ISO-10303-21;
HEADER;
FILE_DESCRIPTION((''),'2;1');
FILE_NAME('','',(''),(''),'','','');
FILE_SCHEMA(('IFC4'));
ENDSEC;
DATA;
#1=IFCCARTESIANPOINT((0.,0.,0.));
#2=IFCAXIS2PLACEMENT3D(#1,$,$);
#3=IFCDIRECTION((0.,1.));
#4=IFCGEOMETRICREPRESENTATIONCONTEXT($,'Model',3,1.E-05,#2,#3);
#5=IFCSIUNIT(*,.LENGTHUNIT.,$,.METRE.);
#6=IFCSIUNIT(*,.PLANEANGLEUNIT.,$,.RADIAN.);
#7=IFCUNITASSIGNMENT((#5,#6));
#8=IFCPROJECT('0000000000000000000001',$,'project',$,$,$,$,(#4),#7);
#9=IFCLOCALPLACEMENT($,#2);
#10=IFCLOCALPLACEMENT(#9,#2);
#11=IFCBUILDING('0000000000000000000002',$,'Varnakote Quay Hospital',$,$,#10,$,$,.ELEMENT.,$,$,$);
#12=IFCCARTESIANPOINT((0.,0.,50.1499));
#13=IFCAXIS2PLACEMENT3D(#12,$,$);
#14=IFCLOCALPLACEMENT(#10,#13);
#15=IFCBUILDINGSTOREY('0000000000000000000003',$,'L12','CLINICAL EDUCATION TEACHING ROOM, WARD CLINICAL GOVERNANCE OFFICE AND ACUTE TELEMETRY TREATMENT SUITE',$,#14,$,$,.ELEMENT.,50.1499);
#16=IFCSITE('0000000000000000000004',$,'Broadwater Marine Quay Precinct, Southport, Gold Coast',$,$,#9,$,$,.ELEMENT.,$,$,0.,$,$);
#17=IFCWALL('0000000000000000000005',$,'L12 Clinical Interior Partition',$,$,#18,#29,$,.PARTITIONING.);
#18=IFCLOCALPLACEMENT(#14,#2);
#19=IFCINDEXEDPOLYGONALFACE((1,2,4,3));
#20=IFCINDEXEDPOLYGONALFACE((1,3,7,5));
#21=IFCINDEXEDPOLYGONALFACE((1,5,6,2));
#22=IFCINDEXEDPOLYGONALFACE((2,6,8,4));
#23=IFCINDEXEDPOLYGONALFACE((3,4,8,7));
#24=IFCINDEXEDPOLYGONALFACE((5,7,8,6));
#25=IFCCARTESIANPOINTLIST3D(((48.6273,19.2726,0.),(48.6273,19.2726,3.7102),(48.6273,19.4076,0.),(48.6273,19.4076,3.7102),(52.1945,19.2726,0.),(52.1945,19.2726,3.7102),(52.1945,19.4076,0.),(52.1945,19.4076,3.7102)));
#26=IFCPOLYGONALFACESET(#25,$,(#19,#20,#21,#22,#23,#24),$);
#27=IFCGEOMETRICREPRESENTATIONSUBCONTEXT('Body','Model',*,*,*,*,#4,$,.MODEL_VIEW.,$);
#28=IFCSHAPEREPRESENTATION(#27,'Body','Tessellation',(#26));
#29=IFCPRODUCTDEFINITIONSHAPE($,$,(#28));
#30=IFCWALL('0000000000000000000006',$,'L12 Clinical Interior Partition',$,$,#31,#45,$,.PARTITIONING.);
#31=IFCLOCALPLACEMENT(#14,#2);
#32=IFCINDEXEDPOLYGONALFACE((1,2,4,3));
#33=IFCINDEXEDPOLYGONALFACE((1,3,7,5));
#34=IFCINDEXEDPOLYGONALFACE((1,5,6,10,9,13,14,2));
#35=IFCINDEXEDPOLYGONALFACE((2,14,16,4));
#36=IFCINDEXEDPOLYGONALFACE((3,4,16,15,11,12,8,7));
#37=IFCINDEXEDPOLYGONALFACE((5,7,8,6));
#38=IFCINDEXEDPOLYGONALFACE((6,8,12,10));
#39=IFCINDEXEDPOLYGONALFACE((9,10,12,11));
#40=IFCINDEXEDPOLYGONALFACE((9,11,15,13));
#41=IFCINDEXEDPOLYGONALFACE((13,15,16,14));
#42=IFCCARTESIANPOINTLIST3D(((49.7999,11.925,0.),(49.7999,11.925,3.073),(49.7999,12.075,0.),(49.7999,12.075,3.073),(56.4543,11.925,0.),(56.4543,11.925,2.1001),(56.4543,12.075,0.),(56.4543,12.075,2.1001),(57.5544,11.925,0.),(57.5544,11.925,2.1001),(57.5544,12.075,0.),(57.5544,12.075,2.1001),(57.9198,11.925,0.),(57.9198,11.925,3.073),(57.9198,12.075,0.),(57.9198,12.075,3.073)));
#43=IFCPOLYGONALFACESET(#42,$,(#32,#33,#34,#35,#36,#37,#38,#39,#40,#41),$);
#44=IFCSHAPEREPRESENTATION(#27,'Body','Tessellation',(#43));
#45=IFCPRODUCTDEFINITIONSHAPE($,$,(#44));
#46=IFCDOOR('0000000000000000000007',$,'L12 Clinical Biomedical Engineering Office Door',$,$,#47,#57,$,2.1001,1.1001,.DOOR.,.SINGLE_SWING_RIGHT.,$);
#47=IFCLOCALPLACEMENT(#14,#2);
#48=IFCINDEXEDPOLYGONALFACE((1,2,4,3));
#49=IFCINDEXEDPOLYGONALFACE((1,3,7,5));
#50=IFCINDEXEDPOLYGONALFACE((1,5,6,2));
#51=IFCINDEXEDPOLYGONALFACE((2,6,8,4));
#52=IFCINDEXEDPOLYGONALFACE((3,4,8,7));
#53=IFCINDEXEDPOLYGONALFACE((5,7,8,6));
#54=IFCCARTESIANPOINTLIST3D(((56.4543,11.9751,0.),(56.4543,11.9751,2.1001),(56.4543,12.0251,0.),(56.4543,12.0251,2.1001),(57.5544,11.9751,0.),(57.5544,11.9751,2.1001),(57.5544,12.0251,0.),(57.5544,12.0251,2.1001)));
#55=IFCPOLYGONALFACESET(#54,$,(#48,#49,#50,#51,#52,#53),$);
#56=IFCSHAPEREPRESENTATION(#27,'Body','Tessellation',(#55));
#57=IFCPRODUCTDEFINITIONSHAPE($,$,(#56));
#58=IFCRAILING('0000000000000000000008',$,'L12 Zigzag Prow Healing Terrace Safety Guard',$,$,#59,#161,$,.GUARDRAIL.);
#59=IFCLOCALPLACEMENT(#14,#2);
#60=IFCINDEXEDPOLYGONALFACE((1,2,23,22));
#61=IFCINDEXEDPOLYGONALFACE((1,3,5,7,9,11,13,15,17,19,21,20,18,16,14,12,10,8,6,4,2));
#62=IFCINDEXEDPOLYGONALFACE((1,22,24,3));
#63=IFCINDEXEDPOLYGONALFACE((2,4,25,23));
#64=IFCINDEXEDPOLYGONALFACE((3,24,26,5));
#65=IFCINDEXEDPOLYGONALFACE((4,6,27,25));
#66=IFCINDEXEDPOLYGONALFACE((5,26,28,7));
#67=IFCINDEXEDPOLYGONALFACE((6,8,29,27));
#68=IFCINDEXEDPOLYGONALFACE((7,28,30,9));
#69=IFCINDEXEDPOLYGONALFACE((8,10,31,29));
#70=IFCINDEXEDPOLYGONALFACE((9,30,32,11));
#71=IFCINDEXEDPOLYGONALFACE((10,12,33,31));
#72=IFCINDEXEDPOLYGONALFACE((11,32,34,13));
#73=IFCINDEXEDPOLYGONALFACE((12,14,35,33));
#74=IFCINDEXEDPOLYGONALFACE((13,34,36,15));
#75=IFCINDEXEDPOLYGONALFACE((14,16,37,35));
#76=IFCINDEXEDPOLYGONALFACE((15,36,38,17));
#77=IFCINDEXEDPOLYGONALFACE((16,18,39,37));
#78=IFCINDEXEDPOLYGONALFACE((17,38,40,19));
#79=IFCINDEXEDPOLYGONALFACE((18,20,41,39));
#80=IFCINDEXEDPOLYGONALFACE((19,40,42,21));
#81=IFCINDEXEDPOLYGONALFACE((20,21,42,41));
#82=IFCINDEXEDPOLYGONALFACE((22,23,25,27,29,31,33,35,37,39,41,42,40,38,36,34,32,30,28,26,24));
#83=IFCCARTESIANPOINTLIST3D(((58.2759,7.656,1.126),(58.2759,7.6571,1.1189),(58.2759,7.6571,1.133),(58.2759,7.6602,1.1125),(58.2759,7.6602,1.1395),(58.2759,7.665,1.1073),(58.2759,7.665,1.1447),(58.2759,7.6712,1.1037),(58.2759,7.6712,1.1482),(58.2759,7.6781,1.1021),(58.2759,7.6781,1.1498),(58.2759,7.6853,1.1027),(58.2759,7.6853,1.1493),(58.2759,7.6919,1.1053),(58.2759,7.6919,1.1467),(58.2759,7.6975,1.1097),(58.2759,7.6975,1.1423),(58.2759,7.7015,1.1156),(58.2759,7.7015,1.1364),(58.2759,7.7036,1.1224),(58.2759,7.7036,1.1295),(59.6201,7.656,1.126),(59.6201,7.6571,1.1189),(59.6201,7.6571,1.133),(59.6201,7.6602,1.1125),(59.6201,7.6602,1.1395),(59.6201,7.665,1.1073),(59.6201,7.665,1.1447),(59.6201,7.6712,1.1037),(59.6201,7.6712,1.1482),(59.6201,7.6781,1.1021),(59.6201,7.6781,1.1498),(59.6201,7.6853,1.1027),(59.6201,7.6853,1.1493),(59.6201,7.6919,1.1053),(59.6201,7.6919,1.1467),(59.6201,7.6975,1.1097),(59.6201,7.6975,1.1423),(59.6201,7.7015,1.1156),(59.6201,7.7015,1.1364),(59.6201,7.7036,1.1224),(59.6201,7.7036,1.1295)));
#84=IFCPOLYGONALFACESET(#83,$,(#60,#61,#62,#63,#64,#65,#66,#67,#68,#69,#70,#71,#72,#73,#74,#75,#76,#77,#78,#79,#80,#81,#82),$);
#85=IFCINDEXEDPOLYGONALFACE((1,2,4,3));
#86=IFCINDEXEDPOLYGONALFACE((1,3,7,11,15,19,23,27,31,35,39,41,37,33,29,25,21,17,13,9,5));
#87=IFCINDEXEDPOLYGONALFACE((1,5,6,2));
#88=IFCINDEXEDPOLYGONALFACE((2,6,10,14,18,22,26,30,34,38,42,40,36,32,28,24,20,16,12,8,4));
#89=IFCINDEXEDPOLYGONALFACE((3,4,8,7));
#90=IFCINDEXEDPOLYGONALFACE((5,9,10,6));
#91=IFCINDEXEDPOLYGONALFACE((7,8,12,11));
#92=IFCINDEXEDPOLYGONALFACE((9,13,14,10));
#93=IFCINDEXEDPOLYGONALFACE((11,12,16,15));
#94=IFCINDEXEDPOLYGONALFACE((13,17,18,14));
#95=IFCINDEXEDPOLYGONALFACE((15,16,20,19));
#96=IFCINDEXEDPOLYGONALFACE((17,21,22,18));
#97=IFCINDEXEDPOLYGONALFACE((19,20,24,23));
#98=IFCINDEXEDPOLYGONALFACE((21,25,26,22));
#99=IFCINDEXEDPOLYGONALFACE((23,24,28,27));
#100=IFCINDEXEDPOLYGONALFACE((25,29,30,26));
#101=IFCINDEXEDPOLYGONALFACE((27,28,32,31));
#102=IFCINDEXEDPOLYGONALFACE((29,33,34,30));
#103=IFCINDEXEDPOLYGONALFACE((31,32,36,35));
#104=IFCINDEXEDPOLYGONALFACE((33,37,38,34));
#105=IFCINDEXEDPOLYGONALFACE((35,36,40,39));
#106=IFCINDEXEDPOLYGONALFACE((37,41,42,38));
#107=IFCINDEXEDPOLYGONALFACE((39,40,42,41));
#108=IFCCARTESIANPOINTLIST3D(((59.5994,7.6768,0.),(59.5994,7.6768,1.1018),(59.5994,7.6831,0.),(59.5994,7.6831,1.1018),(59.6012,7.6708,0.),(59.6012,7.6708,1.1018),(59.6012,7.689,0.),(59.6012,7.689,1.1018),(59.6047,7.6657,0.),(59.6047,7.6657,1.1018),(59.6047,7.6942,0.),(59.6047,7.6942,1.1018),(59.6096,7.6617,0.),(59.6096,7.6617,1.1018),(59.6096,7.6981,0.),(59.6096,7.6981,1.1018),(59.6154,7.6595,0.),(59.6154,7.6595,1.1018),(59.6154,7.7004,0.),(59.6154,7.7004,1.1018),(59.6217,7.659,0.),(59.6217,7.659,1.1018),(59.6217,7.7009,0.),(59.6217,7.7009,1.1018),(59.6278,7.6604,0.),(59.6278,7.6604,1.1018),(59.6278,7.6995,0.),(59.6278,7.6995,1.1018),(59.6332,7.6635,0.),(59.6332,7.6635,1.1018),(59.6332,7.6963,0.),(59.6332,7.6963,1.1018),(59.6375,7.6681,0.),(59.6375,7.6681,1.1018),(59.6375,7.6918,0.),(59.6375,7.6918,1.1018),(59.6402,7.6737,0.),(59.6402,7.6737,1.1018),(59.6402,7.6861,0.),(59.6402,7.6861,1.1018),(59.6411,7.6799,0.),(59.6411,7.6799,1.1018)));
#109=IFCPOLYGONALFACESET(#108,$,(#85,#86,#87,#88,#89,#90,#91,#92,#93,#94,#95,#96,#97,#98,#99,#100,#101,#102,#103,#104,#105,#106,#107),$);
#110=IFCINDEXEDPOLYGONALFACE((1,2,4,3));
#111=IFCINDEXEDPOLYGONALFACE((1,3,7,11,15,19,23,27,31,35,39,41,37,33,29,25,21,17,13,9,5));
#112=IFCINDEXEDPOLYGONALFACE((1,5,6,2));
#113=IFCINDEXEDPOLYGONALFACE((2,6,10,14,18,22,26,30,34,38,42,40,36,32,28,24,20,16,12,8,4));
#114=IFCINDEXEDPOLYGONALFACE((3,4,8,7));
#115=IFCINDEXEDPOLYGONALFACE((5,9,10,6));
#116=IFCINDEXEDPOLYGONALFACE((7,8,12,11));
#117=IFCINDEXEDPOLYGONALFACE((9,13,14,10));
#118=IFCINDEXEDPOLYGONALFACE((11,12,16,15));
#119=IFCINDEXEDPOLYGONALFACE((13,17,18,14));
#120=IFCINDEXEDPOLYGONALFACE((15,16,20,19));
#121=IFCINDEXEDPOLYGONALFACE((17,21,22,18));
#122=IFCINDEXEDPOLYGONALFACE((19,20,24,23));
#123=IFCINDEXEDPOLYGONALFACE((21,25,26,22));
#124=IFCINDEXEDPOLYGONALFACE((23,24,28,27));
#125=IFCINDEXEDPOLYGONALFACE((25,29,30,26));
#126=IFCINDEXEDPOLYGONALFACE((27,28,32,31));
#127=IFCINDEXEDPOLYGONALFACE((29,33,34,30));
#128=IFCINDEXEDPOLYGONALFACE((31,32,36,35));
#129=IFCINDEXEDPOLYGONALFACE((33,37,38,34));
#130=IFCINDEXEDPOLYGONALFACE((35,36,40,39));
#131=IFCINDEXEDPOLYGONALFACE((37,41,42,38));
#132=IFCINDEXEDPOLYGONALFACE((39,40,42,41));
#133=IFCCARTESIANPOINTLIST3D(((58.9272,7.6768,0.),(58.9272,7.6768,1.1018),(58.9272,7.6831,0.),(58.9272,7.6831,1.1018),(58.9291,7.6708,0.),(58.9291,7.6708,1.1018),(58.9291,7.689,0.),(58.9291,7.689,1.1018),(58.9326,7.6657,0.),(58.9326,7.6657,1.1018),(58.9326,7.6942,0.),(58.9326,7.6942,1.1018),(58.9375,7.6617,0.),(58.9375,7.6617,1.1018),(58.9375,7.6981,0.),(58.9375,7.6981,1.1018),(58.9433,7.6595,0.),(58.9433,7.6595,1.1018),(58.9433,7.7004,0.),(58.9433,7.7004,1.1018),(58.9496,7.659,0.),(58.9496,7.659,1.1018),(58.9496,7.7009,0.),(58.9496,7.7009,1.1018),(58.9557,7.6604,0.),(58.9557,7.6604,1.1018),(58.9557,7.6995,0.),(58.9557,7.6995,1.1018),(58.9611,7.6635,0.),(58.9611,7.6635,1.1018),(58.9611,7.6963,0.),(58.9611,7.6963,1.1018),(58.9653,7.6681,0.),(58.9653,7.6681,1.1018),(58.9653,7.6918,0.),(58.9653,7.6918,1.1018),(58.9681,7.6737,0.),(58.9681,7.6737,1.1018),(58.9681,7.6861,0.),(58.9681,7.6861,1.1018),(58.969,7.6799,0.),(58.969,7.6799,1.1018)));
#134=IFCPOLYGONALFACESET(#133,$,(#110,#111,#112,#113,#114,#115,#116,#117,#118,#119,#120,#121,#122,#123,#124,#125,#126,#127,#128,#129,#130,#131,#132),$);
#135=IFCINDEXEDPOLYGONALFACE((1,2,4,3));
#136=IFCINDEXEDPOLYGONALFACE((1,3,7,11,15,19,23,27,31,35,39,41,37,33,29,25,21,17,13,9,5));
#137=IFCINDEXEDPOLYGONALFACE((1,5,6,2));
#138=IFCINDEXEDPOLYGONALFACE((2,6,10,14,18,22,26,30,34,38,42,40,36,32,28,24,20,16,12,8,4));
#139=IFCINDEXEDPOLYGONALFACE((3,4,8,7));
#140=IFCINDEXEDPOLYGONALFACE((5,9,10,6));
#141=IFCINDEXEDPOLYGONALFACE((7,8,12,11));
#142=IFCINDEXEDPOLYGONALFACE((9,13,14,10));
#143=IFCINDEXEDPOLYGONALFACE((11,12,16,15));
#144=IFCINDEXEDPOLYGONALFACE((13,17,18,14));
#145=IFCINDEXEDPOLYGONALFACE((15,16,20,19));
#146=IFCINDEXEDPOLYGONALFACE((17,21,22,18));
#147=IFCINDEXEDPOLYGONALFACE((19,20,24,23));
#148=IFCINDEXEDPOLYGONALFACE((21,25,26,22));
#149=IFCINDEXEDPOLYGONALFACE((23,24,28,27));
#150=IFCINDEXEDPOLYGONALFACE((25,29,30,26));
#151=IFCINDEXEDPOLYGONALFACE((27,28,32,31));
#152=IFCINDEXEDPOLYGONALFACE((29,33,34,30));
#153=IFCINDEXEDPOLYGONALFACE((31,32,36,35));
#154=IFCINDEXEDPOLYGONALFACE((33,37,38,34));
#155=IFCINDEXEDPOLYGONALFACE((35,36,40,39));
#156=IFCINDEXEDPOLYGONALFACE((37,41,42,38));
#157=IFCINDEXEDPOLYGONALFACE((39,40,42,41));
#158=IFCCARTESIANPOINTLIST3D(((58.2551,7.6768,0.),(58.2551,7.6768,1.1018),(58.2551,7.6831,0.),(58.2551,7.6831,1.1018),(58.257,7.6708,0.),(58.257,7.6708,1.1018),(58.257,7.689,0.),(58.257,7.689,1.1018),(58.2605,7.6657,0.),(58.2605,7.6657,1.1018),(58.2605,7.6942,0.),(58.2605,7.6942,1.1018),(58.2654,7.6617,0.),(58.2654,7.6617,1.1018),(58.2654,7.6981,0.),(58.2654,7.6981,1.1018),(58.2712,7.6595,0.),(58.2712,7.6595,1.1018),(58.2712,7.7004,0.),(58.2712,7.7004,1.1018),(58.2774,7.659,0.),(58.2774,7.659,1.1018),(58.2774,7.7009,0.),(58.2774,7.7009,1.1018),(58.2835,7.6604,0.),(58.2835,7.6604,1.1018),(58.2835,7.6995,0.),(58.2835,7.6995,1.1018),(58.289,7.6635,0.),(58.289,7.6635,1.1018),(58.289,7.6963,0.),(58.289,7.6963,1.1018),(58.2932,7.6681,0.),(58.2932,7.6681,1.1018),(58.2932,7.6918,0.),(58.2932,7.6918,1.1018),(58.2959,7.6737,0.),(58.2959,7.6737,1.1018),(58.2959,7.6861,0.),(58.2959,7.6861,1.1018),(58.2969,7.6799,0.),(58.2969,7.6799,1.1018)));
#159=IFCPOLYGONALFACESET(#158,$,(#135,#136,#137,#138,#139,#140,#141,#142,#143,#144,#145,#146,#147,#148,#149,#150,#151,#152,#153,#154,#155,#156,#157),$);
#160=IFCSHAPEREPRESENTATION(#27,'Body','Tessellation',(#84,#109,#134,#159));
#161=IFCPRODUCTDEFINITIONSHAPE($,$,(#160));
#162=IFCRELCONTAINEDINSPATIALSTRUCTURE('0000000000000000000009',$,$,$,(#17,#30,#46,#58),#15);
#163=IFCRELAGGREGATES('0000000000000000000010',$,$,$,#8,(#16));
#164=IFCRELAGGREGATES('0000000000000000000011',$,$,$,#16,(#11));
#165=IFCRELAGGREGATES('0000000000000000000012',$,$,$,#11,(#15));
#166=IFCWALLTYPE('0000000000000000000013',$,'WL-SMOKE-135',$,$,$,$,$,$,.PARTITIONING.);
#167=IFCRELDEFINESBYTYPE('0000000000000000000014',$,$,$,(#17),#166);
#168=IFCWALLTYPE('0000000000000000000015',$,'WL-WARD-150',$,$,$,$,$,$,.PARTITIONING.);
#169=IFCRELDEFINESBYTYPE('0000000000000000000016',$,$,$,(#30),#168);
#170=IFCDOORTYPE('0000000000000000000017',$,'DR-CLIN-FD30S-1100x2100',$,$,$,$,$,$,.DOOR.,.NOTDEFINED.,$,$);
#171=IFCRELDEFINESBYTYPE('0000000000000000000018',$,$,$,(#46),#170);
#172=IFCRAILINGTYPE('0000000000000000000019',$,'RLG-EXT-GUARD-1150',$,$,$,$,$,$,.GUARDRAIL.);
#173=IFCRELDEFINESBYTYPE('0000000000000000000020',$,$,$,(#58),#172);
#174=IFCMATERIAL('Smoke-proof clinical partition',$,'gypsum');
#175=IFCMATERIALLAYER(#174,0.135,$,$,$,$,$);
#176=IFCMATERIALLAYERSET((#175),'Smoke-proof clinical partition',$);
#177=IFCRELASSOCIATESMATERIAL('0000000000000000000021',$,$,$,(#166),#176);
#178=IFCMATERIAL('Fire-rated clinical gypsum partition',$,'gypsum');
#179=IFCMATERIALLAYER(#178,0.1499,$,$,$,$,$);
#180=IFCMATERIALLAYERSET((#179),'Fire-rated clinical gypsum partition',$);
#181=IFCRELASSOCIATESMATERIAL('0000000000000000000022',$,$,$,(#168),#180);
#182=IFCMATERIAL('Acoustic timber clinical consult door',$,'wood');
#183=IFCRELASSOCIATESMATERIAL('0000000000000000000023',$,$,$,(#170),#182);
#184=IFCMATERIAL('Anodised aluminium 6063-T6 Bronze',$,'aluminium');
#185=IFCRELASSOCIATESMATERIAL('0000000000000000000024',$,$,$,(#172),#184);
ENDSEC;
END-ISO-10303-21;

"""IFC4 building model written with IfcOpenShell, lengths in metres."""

from ifc_helpers import new_model, si_unit, direction, frame, frame_2d, origin, origin_2d, place, context, subcontext, project, spatial, rectangle, circle, extrude, material, layer, layer_set, type_object, element, fill, save


model = new_model("IFC4")

# Units and contexts
model_context = context("Model", 3, precision=1e-05, world=origin(), true_north=direction((0.0, 1.0)))
body_context = subcontext(model_context, "Body", "Model", "MODEL_VIEW")
ifc_project = project(units=[si_unit("LENGTHUNIT", "METRE"), si_unit("PLANEANGLEUNIT", "RADIAN")], contexts=[model_context])

# Site, building, storey
site_placement = place(None, origin())
site = spatial("IfcSite", under=ifc_project, at=site_placement, Name="Broadwater Marine Quay Precinct, Southport, Gold Coast", CompositionType="ELEMENT", RefElevation=0.0)
building_placement = place(site_placement, origin())
building = spatial("IfcBuilding", under=site, at=building_placement, Name="Varnakote Quay Hospital", CompositionType="ELEMENT")
storey_placement = place(building_placement, frame((0.0, 0.0, 50.1499)))
storey = spatial("IfcBuildingStorey", under=building, at=storey_placement, Name="L12", Description="CLINICAL EDUCATION TEACHING ROOM, WARD CLINICAL GOVERNANCE OFFICE AND ACUTE TELEMETRY TREATMENT SUITE", CompositionType="ELEMENT", Elevation=50.1499)

# Wall
ifc_material_1 = material(Name="Smoke-proof clinical partition", Category="gypsum")
ifc_layer_1 = layer(ifc_material_1, 0.135)
ifc_layer_set_1 = layer_set([ifc_layer_1], Name="Smoke-proof clinical partition")
wall_type_1 = type_object("IfcWallType", Name="WL-SMOKE-135", PredefinedType="PARTITIONING", material=ifc_layer_set_1)
wall_1_placement = place(storey_placement, frame((52.1946, 19.3401, 0.0), z_axis=(0.0, 0.0, 1.0), x_axis=(-1.0, 0.0, 0.0)))
element("IfcWall", 1, at=wall_1_placement, inside=storey, type_object=wall_type_1, Name="L12 Clinical Interior Partition", PredefinedType="PARTITIONING", context=body_context, shape_type="SweptSolid", body=[
    extrude(rectangle(XDim=3.5671, YDim=0.135, at=frame_2d((1.7837, 0.0))), origin(), (0.0, 0.0, 1.0), 3.7102),
])

# Wall, opening, door
ifc_material_2 = material(Name="Fire-rated clinical gypsum partition", Category="gypsum")
ifc_layer_2 = layer(ifc_material_2, 0.1499)
ifc_layer_set_2 = layer_set([ifc_layer_2], Name="Fire-rated clinical gypsum partition")
wall_type_2 = type_object("IfcWallType", Name="WL-WARD-150", PredefinedType="PARTITIONING", material=ifc_layer_set_2)
wall_2_placement = place(storey_placement, frame((57.9199, 12.0, 0.0), z_axis=(0.0, 0.0, 1.0), x_axis=(-1.0, 0.0, 0.0)))
wall_2 = element("IfcWall", 2, at=wall_2_placement, inside=storey, type_object=wall_type_2, Name="L12 Clinical Interior Partition", PredefinedType="PARTITIONING", context=body_context, shape_type="SweptSolid", body=[
    extrude(rectangle(XDim=8.1199, YDim=0.1499, at=frame_2d((4.0601, 0.0))), origin(), (0.0, 0.0, 1.0), 3.073),
])
opening_1_placement = place(wall_2_placement, frame((0.3655, 0.0, 0.0)))
opening_1 = element("IfcOpeningElement", 3, at=opening_1_placement, cuts=wall_2, PredefinedType="OPENING", context=body_context, shape_type="SweptSolid", body=[
    extrude(rectangle(XDim=1.1001, YDim=2.1001, at=frame_2d((0.55, 1.05))), frame((0.0, 0.085, 0.0), z_axis=(0.0, -1.0, 0.0), x_axis=(1.0, 0.0, 0.0)), (0.0, 0.0, 1.0), 0.1699),
])
ifc_material_3 = material(Name="Acoustic timber clinical consult door", Category="wood")
door_type_1 = type_object("IfcDoorType", Name="DR-CLIN-FD30S-1100x2100", OperationType="NOTDEFINED", PredefinedType="DOOR", material=ifc_material_3)
door_1_placement = place(opening_1_placement, origin())
door_1 = element("IfcDoor", 4, at=door_1_placement, inside=storey, type_object=door_type_1, Name="L12 Clinical Biomedical Engineering Office Door", OperationType="SINGLE_SWING_RIGHT", OverallHeight=2.1001, OverallWidth=1.1001, PredefinedType="DOOR", context=body_context, shape_type="SweptSolid", body=[
    extrude(rectangle(XDim=1.1001, YDim=2.1001, at=frame_2d((0.55, 1.05))), frame((0.0, 0.0249, 0.0), z_axis=(0.0, -1.0, 0.0), x_axis=(1.0, 0.0, 0.0)), (0.0, 0.0, 1.0), 0.05),
])
fill(opening_1, door_1)

# Railing
ifc_material_4 = material(Name="Anodised aluminium 6063-T6 Bronze", Category="aluminium")
railing_type = type_object("IfcRailingType", Name="RLG-EXT-GUARD-1150", PredefinedType="GUARDRAIL", material=ifc_material_4)
railing_1_placement = place(storey_placement, frame((59.6201, 7.6799, 0.0)))
element("IfcRailing", 5, at=railing_1_placement, inside=storey, type_object=railing_type, Name="L12 Zigzag Prow Healing Terrace Safety Guard", PredefinedType="GUARDRAIL", context=body_context, shape_type="SweptSolid", body=[
    extrude(circle(Radius=0.0239, at=origin_2d()), frame((0.0, 0.0, 1.126), z_axis=(-1.0, 0.0, 0.0), x_axis=(0.0, -1.0, 0.0)), (0.0, 0.0, 1.0), 1.3442),
    extrude(circle(Radius=0.021, at=origin_2d()), origin(), (0.0, 0.0, 1.0), 1.1018),
    extrude(circle(Radius=0.021, at=origin_2d()), frame((-0.6721, 0.0, 0.0)), (0.0, 0.0, 1.0), 1.1018),
    extrude(circle(Radius=0.021, at=origin_2d()), frame((-1.3442, 0.0, 0.0)), (0.0, 0.0, 1.0), 1.1018),
])

save(model, "model.ifc")
